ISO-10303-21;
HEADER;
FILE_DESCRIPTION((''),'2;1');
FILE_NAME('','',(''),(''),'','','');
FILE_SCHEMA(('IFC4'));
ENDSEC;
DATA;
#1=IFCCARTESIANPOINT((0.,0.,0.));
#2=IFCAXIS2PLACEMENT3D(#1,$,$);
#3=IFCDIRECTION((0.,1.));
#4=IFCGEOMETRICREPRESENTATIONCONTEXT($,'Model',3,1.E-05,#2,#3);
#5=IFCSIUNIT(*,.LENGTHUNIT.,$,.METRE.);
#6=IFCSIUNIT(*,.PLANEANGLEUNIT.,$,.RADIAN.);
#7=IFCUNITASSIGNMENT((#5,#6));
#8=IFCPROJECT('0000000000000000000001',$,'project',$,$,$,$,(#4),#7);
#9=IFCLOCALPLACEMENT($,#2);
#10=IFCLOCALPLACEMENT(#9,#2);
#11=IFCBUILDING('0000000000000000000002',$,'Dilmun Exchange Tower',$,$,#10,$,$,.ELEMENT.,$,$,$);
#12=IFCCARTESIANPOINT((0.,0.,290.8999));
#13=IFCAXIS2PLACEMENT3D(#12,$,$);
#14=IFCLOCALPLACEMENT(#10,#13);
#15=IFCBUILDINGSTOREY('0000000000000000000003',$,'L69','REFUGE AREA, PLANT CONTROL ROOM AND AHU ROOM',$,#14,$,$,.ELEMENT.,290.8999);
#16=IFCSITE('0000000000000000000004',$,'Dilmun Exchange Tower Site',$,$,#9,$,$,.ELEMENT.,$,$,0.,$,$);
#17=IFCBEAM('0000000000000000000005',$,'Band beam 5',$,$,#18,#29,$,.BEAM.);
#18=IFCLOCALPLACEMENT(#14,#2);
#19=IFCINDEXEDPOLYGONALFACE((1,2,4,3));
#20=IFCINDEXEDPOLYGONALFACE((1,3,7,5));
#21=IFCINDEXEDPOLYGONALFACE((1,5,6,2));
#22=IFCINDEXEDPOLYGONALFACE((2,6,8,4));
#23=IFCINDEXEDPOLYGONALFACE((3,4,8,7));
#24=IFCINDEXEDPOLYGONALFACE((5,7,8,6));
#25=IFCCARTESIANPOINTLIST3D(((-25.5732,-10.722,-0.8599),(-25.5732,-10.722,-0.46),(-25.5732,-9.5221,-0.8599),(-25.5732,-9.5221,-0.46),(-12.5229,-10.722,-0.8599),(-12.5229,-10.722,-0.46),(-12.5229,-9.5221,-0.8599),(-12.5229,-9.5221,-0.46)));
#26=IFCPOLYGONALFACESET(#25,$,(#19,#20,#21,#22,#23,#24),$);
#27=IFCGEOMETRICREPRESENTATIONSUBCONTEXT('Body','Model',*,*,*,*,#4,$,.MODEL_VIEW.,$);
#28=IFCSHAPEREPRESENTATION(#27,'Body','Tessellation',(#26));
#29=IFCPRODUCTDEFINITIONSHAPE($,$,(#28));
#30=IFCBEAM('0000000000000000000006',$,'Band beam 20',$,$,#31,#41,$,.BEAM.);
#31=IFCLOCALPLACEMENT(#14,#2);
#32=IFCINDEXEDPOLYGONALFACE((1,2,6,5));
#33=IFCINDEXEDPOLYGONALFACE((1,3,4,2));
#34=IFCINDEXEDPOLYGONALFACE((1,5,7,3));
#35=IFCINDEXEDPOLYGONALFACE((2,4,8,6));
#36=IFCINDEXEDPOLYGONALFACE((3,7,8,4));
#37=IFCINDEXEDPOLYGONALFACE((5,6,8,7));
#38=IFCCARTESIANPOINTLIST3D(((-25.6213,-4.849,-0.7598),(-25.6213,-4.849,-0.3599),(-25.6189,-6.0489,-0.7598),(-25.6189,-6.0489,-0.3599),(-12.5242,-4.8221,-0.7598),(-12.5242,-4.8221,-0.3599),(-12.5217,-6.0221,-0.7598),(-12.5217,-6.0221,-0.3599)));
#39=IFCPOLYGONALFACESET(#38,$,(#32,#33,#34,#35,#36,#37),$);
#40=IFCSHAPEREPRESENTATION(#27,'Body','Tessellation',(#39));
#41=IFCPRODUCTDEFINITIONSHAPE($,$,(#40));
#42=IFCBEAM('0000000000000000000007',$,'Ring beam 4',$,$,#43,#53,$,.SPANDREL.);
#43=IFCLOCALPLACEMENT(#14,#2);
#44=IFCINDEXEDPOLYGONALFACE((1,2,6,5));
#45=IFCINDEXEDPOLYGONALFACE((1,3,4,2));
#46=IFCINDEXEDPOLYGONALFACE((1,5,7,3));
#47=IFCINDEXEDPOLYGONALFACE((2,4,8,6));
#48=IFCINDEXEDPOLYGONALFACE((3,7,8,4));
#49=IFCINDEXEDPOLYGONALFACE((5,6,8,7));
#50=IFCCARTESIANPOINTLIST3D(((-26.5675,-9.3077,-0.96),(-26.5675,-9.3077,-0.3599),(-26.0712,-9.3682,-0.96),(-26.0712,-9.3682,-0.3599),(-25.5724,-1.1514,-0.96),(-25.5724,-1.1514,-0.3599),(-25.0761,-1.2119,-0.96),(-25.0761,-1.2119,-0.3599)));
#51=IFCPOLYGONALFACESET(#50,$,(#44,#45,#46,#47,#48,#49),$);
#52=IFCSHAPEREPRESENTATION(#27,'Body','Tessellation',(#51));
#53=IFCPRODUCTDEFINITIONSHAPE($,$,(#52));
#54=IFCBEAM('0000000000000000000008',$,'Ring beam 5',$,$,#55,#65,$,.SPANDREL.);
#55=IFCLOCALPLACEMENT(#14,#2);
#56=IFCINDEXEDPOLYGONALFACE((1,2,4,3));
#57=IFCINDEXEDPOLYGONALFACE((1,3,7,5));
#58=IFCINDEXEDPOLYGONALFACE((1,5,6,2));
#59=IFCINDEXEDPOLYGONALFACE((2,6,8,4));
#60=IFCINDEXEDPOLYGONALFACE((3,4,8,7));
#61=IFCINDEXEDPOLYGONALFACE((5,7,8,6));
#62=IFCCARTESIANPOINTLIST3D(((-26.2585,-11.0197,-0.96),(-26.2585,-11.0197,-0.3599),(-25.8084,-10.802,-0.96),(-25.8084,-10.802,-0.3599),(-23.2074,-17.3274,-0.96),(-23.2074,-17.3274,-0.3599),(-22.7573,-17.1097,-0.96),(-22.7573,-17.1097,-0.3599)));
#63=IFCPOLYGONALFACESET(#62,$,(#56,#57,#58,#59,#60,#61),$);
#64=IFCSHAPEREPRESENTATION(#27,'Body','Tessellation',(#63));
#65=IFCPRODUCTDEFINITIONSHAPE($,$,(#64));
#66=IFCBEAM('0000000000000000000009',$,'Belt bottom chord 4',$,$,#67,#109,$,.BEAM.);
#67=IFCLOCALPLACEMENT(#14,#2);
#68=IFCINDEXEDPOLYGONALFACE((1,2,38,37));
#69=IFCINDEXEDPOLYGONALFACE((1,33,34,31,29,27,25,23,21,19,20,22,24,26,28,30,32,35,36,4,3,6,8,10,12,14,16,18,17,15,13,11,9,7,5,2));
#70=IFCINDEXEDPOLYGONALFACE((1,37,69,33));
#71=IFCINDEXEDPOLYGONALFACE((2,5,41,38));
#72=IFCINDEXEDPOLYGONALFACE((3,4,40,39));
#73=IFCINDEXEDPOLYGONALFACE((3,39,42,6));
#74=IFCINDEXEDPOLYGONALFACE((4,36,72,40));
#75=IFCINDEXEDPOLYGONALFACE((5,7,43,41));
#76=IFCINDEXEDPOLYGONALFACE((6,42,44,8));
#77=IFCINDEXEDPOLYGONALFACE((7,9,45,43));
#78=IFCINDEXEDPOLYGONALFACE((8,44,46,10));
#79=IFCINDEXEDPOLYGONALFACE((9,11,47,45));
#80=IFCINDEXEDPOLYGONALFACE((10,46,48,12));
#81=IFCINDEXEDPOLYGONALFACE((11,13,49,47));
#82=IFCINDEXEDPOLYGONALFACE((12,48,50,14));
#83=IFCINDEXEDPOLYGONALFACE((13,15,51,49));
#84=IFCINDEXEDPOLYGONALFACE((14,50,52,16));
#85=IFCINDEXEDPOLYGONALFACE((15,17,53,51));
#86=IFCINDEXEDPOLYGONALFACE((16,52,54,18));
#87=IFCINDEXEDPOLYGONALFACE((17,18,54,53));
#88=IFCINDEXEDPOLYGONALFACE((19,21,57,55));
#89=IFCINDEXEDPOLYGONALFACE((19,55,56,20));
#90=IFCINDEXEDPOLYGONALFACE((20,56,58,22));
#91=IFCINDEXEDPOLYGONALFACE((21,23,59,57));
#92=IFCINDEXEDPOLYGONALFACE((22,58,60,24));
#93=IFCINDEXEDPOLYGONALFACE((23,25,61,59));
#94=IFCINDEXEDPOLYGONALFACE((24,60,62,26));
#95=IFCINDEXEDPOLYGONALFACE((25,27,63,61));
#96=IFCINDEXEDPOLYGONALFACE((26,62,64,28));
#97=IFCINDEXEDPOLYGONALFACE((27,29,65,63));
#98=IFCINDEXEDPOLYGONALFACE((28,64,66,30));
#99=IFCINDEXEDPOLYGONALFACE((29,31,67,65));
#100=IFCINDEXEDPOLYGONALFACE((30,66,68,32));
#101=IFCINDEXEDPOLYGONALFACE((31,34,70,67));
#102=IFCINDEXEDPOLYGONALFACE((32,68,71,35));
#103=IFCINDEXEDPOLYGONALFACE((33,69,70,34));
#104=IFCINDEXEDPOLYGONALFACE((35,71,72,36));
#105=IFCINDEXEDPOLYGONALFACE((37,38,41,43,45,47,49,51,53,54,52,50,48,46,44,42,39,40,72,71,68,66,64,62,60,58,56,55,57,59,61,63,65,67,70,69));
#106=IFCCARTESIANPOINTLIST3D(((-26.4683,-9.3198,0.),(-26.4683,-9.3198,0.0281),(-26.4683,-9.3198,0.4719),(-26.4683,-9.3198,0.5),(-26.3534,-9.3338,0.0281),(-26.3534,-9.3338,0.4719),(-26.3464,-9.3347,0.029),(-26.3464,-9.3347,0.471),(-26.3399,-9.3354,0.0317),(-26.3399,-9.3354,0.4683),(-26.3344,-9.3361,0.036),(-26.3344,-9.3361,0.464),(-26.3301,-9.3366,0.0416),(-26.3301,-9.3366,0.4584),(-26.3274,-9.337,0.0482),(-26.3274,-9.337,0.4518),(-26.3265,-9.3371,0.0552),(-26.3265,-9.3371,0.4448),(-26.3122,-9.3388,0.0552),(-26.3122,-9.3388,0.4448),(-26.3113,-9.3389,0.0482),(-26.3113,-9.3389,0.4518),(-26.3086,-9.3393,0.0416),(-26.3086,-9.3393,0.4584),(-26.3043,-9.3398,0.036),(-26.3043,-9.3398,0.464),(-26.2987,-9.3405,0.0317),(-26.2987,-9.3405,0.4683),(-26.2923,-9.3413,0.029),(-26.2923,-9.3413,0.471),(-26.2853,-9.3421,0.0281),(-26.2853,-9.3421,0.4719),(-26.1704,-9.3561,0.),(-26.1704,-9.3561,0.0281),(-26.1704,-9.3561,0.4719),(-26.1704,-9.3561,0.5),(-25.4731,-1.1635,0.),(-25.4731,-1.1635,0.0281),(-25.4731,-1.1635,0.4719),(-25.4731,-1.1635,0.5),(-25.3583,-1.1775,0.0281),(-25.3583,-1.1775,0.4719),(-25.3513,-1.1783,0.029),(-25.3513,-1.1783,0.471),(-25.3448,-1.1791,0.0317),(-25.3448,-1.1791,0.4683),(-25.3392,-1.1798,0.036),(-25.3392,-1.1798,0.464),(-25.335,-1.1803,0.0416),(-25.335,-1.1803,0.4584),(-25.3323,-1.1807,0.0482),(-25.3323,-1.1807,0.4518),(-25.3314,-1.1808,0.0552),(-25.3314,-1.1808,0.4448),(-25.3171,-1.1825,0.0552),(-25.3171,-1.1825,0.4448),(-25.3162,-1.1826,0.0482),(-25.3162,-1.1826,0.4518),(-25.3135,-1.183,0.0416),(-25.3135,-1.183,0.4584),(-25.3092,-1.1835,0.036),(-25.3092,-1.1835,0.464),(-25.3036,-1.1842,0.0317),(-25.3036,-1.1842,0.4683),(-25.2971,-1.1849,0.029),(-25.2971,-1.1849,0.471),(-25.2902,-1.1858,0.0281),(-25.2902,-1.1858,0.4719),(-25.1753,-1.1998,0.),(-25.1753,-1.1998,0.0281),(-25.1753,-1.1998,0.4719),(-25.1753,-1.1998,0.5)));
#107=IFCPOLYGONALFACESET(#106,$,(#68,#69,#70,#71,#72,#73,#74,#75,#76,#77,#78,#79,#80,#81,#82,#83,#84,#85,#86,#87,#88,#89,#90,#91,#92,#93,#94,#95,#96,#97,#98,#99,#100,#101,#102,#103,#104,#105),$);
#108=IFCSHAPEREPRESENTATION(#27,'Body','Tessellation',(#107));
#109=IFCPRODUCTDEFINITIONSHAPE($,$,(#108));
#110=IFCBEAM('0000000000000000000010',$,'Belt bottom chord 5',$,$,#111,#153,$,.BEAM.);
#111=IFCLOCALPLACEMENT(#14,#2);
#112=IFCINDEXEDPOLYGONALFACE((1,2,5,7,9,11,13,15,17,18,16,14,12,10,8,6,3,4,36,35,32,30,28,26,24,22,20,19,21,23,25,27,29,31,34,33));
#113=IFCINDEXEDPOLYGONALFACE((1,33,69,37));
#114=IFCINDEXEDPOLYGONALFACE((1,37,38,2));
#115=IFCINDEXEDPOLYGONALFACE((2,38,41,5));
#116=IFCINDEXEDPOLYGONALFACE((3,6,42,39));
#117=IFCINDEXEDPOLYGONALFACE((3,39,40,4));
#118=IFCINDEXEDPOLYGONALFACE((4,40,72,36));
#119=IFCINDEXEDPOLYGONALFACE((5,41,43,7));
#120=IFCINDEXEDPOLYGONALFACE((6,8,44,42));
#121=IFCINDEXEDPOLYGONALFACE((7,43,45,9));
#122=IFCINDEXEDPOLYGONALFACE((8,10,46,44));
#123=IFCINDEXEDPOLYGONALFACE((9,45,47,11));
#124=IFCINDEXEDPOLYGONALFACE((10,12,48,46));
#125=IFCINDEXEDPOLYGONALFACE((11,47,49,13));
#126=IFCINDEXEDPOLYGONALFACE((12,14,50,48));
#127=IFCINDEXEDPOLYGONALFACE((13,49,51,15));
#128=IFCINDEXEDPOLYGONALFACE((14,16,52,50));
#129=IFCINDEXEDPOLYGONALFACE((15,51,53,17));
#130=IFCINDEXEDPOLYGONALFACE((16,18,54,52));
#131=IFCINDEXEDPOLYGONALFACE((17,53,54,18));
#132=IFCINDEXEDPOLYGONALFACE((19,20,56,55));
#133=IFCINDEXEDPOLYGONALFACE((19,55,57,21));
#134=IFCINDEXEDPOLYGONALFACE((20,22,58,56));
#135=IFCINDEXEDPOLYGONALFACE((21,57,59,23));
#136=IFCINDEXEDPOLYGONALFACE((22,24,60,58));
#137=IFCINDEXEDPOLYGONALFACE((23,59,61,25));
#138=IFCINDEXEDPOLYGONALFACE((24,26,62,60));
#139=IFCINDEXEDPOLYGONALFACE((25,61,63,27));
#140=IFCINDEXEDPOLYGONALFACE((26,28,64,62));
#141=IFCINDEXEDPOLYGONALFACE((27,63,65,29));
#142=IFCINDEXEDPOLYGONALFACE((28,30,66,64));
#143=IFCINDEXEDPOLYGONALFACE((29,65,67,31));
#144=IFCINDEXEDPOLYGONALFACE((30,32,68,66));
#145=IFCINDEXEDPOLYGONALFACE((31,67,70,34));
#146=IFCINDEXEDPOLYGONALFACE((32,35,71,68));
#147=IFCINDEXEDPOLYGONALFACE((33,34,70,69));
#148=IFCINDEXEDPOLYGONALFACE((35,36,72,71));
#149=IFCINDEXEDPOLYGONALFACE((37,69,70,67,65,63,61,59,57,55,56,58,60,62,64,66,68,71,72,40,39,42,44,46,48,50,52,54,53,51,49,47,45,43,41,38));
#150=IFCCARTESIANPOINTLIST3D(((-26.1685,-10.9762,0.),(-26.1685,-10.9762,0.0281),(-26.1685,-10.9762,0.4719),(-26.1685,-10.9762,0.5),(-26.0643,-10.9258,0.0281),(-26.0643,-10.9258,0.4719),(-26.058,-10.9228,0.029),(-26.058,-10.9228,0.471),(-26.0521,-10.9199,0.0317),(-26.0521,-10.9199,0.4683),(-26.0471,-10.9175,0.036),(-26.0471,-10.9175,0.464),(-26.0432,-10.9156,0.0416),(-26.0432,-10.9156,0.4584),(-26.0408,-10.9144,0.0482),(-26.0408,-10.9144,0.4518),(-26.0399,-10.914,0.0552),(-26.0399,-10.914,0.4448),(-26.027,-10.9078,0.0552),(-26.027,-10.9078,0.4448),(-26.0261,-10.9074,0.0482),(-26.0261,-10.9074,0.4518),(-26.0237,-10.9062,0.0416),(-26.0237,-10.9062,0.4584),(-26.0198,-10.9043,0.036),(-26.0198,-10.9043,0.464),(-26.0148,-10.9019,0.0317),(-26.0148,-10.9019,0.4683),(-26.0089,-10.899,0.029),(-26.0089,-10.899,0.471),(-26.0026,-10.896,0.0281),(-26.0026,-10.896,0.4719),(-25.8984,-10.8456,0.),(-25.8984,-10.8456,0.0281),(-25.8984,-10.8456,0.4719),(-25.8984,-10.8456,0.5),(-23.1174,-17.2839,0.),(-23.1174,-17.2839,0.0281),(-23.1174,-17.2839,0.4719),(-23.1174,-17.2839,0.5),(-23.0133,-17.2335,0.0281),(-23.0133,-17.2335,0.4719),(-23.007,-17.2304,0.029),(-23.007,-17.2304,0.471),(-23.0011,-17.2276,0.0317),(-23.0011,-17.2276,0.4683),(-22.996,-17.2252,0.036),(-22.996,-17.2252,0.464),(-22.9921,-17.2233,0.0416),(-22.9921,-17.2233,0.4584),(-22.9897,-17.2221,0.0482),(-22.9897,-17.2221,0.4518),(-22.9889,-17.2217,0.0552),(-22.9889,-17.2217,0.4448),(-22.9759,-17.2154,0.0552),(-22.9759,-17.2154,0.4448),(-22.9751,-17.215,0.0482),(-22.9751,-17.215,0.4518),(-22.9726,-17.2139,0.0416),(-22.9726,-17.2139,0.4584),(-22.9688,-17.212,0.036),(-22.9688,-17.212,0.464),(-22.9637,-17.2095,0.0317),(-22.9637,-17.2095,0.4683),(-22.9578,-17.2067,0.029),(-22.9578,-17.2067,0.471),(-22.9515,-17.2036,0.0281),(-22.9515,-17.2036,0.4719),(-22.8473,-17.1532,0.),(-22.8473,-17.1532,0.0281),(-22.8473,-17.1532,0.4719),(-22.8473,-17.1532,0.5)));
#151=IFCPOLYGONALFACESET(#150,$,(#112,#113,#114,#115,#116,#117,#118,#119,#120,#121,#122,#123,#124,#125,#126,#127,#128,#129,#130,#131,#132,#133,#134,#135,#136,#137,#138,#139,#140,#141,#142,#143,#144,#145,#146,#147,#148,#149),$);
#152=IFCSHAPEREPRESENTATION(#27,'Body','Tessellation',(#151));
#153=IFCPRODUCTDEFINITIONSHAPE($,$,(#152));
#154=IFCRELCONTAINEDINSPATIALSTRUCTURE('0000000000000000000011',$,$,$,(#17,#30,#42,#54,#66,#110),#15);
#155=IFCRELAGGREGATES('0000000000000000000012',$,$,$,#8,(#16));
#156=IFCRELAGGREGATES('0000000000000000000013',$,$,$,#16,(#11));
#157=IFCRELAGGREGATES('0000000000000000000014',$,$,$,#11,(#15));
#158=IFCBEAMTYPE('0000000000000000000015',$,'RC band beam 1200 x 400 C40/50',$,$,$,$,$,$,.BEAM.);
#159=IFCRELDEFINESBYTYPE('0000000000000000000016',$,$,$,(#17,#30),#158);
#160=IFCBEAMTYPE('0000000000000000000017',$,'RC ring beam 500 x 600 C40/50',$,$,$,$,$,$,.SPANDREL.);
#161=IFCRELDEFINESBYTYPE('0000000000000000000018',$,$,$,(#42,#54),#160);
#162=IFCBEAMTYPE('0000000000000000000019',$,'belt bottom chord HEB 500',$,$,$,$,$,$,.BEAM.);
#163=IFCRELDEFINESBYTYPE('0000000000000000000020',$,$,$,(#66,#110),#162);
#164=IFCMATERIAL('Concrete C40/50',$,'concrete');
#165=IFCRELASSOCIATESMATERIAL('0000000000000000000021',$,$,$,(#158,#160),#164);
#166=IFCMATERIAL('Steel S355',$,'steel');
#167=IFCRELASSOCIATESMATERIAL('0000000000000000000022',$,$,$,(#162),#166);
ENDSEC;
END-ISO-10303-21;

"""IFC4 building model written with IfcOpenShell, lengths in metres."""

from ifc_helpers import new_model, si_unit, direction, frame, origin, origin_2d, place, context, subcontext, project, spatial, rectangle, i_section, extrude, material, material_profile, profile_set, type_object, element, save


model = new_model("IFC4")

# Units and contexts
model_context = context("Model", 3, precision=1e-05, world=origin(), true_north=direction((0.0, 1.0)))
body_context = subcontext(model_context, "Body", "Model", "MODEL_VIEW")
ifc_project = project(units=[si_unit("LENGTHUNIT", "METRE"), si_unit("PLANEANGLEUNIT", "RADIAN")], contexts=[model_context])

# Site, building, storey
site_placement = place(None, origin())
site = spatial("IfcSite", under=ifc_project, at=site_placement, Name="Dilmun Exchange Tower Site", CompositionType="ELEMENT", RefElevation=0.0)
building_placement = place(site_placement, origin())
building = spatial("IfcBuilding", under=site, at=building_placement, Name="Dilmun Exchange Tower", CompositionType="ELEMENT")
storey_placement = place(building_placement, frame((0.0, 0.0, 290.8999)))
storey = spatial("IfcBuildingStorey", under=building, at=storey_placement, Name="L69", Description="REFUGE AREA, PLANT CONTROL ROOM AND AHU ROOM", CompositionType="ELEMENT", Elevation=290.8999)

# Beams
ifc_material_1 = material(Name="Concrete C40/50", Category="concrete")
ifc_material_profile_1 = material_profile(ifc_material_1, rectangle(XDim=1.2, YDim=0.3999, at=origin_2d()), Name="1200 x 400")
ifc_profile_set_1 = profile_set([ifc_material_profile_1], Name="Concrete C40/50")
beam_type_1 = type_object("IfcBeamType", Name="RC band beam 1200 x 400 C40/50", PredefinedType="BEAM", material=ifc_profile_set_1)
beam_1_placement = place(storey_placement, frame((-25.5732, -10.1221, -0.6599), z_axis=(1.0, 0.0, 0.0), x_axis=(0.0, 1.0, 0.0)))
element("IfcBeam", 1, at=beam_1_placement, inside=storey, type_object=beam_type_1, Name="Band beam 5", PredefinedType="BEAM", context=body_context, shape_type="SweptSolid", body=[
    extrude(rectangle(XDim=1.2, YDim=0.3999, at=origin_2d()), origin(), (0.0, 0.0, 1.0), 13.0503),
])
beam_2_placement = place(storey_placement, frame((-25.6201, -5.449, -0.5598), z_axis=(0.999998, 0.00205, 0.0), x_axis=(-0.00205, 0.999998, 0.0)))
element("IfcBeam", 2, at=beam_2_placement, inside=storey, type_object=beam_type_1, Name="Band beam 20", PredefinedType="BEAM", context=body_context, shape_type="SweptSolid", body=[
    extrude(rectangle(XDim=1.2, YDim=0.3999, at=origin_2d()), origin(), (0.0, 0.0, 1.0), 13.0972),
])
ifc_material_profile_2 = material_profile(ifc_material_1, rectangle(XDim=0.5, YDim=0.6001, at=origin_2d()), Name="500 x 600")
ifc_profile_set_2 = profile_set([ifc_material_profile_2], Name="Concrete C40/50")
beam_type_2 = type_object("IfcBeamType", Name="RC ring beam 500 x 600 C40/50", PredefinedType="SPANDREL", material=ifc_profile_set_2)
beam_3_placement = place(storey_placement, frame((-25.3242, -1.1816, -0.6599), z_axis=(-0.121109, -0.992639, 0.0), x_axis=(0.992639, -0.121109, 0.0)))
element("IfcBeam", 3, at=beam_3_placement, inside=storey, type_object=beam_type_2, Name="Ring beam 4", PredefinedType="SPANDREL", context=body_context, shape_type="SweptSolid", body=[
    extrude(rectangle(XDim=0.5, YDim=0.6001, at=origin_2d()), origin(), (0.0, 0.0, 1.0), 8.2168),
])
beam_4_placement = place(storey_placement, frame((-26.0334, -10.9109, -0.6599), z_axis=(0.43544, -0.900218, 0.0), x_axis=(0.900218, 0.43544, 0.0)))
element("IfcBeam", 4, at=beam_4_placement, inside=storey, type_object=beam_type_2, Name="Ring beam 5", PredefinedType="SPANDREL", context=body_context, shape_type="SweptSolid", body=[
    extrude(rectangle(XDim=0.5, YDim=0.6001, at=origin_2d()), origin(), (0.0, 0.0, 1.0), 7.0068),
])
ifc_material_2 = material(Name="Steel S355", Category="steel")
ifc_material_profile_3 = material_profile(ifc_material_2, i_section(OverallWidth=0.3, OverallDepth=0.5, WebThickness=0.0144, FlangeThickness=0.0281, FilletRadius=0.0271, at=origin_2d()), Name="HEB 500")
ifc_profile_set_3 = profile_set([ifc_material_profile_3], Name="Steel S355")
beam_type_3 = type_object("IfcBeamType", Name="belt bottom chord HEB 500", PredefinedType="BEAM", material=ifc_profile_set_3)
beam_5_placement = place(storey_placement, frame((-25.3242, -1.1816, 0.25), z_axis=(-0.121109, -0.992639, 0.0), x_axis=(0.992639, -0.121109, 0.0)))
element("IfcBeam", 5, at=beam_5_placement, inside=storey, type_object=beam_type_3, Name="Belt bottom chord 4", PredefinedType="BEAM", context=body_context, shape_type="SweptSolid", body=[
    extrude(i_section(OverallWidth=0.3, OverallDepth=0.5, WebThickness=0.0144, FlangeThickness=0.0281, FilletRadius=0.0271, at=origin_2d()), origin(), (0.0, 0.0, 1.0), 8.2168),
])
beam_6_placement = place(storey_placement, frame((-26.0334, -10.9109, 0.25), z_axis=(0.43544, -0.900218, 0.0), x_axis=(0.900218, 0.43544, 0.0)))
element("IfcBeam", 6, at=beam_6_placement, inside=storey, type_object=beam_type_3, Name="Belt bottom chord 5", PredefinedType="BEAM", context=body_context, shape_type="SweptSolid", body=[
    extrude(i_section(OverallWidth=0.3, OverallDepth=0.5, WebThickness=0.0144, FlangeThickness=0.0281, FilletRadius=0.0271, at=origin_2d()), origin(), (0.0, 0.0, 1.0), 7.0068),
])

save(model, "model.ifc")
